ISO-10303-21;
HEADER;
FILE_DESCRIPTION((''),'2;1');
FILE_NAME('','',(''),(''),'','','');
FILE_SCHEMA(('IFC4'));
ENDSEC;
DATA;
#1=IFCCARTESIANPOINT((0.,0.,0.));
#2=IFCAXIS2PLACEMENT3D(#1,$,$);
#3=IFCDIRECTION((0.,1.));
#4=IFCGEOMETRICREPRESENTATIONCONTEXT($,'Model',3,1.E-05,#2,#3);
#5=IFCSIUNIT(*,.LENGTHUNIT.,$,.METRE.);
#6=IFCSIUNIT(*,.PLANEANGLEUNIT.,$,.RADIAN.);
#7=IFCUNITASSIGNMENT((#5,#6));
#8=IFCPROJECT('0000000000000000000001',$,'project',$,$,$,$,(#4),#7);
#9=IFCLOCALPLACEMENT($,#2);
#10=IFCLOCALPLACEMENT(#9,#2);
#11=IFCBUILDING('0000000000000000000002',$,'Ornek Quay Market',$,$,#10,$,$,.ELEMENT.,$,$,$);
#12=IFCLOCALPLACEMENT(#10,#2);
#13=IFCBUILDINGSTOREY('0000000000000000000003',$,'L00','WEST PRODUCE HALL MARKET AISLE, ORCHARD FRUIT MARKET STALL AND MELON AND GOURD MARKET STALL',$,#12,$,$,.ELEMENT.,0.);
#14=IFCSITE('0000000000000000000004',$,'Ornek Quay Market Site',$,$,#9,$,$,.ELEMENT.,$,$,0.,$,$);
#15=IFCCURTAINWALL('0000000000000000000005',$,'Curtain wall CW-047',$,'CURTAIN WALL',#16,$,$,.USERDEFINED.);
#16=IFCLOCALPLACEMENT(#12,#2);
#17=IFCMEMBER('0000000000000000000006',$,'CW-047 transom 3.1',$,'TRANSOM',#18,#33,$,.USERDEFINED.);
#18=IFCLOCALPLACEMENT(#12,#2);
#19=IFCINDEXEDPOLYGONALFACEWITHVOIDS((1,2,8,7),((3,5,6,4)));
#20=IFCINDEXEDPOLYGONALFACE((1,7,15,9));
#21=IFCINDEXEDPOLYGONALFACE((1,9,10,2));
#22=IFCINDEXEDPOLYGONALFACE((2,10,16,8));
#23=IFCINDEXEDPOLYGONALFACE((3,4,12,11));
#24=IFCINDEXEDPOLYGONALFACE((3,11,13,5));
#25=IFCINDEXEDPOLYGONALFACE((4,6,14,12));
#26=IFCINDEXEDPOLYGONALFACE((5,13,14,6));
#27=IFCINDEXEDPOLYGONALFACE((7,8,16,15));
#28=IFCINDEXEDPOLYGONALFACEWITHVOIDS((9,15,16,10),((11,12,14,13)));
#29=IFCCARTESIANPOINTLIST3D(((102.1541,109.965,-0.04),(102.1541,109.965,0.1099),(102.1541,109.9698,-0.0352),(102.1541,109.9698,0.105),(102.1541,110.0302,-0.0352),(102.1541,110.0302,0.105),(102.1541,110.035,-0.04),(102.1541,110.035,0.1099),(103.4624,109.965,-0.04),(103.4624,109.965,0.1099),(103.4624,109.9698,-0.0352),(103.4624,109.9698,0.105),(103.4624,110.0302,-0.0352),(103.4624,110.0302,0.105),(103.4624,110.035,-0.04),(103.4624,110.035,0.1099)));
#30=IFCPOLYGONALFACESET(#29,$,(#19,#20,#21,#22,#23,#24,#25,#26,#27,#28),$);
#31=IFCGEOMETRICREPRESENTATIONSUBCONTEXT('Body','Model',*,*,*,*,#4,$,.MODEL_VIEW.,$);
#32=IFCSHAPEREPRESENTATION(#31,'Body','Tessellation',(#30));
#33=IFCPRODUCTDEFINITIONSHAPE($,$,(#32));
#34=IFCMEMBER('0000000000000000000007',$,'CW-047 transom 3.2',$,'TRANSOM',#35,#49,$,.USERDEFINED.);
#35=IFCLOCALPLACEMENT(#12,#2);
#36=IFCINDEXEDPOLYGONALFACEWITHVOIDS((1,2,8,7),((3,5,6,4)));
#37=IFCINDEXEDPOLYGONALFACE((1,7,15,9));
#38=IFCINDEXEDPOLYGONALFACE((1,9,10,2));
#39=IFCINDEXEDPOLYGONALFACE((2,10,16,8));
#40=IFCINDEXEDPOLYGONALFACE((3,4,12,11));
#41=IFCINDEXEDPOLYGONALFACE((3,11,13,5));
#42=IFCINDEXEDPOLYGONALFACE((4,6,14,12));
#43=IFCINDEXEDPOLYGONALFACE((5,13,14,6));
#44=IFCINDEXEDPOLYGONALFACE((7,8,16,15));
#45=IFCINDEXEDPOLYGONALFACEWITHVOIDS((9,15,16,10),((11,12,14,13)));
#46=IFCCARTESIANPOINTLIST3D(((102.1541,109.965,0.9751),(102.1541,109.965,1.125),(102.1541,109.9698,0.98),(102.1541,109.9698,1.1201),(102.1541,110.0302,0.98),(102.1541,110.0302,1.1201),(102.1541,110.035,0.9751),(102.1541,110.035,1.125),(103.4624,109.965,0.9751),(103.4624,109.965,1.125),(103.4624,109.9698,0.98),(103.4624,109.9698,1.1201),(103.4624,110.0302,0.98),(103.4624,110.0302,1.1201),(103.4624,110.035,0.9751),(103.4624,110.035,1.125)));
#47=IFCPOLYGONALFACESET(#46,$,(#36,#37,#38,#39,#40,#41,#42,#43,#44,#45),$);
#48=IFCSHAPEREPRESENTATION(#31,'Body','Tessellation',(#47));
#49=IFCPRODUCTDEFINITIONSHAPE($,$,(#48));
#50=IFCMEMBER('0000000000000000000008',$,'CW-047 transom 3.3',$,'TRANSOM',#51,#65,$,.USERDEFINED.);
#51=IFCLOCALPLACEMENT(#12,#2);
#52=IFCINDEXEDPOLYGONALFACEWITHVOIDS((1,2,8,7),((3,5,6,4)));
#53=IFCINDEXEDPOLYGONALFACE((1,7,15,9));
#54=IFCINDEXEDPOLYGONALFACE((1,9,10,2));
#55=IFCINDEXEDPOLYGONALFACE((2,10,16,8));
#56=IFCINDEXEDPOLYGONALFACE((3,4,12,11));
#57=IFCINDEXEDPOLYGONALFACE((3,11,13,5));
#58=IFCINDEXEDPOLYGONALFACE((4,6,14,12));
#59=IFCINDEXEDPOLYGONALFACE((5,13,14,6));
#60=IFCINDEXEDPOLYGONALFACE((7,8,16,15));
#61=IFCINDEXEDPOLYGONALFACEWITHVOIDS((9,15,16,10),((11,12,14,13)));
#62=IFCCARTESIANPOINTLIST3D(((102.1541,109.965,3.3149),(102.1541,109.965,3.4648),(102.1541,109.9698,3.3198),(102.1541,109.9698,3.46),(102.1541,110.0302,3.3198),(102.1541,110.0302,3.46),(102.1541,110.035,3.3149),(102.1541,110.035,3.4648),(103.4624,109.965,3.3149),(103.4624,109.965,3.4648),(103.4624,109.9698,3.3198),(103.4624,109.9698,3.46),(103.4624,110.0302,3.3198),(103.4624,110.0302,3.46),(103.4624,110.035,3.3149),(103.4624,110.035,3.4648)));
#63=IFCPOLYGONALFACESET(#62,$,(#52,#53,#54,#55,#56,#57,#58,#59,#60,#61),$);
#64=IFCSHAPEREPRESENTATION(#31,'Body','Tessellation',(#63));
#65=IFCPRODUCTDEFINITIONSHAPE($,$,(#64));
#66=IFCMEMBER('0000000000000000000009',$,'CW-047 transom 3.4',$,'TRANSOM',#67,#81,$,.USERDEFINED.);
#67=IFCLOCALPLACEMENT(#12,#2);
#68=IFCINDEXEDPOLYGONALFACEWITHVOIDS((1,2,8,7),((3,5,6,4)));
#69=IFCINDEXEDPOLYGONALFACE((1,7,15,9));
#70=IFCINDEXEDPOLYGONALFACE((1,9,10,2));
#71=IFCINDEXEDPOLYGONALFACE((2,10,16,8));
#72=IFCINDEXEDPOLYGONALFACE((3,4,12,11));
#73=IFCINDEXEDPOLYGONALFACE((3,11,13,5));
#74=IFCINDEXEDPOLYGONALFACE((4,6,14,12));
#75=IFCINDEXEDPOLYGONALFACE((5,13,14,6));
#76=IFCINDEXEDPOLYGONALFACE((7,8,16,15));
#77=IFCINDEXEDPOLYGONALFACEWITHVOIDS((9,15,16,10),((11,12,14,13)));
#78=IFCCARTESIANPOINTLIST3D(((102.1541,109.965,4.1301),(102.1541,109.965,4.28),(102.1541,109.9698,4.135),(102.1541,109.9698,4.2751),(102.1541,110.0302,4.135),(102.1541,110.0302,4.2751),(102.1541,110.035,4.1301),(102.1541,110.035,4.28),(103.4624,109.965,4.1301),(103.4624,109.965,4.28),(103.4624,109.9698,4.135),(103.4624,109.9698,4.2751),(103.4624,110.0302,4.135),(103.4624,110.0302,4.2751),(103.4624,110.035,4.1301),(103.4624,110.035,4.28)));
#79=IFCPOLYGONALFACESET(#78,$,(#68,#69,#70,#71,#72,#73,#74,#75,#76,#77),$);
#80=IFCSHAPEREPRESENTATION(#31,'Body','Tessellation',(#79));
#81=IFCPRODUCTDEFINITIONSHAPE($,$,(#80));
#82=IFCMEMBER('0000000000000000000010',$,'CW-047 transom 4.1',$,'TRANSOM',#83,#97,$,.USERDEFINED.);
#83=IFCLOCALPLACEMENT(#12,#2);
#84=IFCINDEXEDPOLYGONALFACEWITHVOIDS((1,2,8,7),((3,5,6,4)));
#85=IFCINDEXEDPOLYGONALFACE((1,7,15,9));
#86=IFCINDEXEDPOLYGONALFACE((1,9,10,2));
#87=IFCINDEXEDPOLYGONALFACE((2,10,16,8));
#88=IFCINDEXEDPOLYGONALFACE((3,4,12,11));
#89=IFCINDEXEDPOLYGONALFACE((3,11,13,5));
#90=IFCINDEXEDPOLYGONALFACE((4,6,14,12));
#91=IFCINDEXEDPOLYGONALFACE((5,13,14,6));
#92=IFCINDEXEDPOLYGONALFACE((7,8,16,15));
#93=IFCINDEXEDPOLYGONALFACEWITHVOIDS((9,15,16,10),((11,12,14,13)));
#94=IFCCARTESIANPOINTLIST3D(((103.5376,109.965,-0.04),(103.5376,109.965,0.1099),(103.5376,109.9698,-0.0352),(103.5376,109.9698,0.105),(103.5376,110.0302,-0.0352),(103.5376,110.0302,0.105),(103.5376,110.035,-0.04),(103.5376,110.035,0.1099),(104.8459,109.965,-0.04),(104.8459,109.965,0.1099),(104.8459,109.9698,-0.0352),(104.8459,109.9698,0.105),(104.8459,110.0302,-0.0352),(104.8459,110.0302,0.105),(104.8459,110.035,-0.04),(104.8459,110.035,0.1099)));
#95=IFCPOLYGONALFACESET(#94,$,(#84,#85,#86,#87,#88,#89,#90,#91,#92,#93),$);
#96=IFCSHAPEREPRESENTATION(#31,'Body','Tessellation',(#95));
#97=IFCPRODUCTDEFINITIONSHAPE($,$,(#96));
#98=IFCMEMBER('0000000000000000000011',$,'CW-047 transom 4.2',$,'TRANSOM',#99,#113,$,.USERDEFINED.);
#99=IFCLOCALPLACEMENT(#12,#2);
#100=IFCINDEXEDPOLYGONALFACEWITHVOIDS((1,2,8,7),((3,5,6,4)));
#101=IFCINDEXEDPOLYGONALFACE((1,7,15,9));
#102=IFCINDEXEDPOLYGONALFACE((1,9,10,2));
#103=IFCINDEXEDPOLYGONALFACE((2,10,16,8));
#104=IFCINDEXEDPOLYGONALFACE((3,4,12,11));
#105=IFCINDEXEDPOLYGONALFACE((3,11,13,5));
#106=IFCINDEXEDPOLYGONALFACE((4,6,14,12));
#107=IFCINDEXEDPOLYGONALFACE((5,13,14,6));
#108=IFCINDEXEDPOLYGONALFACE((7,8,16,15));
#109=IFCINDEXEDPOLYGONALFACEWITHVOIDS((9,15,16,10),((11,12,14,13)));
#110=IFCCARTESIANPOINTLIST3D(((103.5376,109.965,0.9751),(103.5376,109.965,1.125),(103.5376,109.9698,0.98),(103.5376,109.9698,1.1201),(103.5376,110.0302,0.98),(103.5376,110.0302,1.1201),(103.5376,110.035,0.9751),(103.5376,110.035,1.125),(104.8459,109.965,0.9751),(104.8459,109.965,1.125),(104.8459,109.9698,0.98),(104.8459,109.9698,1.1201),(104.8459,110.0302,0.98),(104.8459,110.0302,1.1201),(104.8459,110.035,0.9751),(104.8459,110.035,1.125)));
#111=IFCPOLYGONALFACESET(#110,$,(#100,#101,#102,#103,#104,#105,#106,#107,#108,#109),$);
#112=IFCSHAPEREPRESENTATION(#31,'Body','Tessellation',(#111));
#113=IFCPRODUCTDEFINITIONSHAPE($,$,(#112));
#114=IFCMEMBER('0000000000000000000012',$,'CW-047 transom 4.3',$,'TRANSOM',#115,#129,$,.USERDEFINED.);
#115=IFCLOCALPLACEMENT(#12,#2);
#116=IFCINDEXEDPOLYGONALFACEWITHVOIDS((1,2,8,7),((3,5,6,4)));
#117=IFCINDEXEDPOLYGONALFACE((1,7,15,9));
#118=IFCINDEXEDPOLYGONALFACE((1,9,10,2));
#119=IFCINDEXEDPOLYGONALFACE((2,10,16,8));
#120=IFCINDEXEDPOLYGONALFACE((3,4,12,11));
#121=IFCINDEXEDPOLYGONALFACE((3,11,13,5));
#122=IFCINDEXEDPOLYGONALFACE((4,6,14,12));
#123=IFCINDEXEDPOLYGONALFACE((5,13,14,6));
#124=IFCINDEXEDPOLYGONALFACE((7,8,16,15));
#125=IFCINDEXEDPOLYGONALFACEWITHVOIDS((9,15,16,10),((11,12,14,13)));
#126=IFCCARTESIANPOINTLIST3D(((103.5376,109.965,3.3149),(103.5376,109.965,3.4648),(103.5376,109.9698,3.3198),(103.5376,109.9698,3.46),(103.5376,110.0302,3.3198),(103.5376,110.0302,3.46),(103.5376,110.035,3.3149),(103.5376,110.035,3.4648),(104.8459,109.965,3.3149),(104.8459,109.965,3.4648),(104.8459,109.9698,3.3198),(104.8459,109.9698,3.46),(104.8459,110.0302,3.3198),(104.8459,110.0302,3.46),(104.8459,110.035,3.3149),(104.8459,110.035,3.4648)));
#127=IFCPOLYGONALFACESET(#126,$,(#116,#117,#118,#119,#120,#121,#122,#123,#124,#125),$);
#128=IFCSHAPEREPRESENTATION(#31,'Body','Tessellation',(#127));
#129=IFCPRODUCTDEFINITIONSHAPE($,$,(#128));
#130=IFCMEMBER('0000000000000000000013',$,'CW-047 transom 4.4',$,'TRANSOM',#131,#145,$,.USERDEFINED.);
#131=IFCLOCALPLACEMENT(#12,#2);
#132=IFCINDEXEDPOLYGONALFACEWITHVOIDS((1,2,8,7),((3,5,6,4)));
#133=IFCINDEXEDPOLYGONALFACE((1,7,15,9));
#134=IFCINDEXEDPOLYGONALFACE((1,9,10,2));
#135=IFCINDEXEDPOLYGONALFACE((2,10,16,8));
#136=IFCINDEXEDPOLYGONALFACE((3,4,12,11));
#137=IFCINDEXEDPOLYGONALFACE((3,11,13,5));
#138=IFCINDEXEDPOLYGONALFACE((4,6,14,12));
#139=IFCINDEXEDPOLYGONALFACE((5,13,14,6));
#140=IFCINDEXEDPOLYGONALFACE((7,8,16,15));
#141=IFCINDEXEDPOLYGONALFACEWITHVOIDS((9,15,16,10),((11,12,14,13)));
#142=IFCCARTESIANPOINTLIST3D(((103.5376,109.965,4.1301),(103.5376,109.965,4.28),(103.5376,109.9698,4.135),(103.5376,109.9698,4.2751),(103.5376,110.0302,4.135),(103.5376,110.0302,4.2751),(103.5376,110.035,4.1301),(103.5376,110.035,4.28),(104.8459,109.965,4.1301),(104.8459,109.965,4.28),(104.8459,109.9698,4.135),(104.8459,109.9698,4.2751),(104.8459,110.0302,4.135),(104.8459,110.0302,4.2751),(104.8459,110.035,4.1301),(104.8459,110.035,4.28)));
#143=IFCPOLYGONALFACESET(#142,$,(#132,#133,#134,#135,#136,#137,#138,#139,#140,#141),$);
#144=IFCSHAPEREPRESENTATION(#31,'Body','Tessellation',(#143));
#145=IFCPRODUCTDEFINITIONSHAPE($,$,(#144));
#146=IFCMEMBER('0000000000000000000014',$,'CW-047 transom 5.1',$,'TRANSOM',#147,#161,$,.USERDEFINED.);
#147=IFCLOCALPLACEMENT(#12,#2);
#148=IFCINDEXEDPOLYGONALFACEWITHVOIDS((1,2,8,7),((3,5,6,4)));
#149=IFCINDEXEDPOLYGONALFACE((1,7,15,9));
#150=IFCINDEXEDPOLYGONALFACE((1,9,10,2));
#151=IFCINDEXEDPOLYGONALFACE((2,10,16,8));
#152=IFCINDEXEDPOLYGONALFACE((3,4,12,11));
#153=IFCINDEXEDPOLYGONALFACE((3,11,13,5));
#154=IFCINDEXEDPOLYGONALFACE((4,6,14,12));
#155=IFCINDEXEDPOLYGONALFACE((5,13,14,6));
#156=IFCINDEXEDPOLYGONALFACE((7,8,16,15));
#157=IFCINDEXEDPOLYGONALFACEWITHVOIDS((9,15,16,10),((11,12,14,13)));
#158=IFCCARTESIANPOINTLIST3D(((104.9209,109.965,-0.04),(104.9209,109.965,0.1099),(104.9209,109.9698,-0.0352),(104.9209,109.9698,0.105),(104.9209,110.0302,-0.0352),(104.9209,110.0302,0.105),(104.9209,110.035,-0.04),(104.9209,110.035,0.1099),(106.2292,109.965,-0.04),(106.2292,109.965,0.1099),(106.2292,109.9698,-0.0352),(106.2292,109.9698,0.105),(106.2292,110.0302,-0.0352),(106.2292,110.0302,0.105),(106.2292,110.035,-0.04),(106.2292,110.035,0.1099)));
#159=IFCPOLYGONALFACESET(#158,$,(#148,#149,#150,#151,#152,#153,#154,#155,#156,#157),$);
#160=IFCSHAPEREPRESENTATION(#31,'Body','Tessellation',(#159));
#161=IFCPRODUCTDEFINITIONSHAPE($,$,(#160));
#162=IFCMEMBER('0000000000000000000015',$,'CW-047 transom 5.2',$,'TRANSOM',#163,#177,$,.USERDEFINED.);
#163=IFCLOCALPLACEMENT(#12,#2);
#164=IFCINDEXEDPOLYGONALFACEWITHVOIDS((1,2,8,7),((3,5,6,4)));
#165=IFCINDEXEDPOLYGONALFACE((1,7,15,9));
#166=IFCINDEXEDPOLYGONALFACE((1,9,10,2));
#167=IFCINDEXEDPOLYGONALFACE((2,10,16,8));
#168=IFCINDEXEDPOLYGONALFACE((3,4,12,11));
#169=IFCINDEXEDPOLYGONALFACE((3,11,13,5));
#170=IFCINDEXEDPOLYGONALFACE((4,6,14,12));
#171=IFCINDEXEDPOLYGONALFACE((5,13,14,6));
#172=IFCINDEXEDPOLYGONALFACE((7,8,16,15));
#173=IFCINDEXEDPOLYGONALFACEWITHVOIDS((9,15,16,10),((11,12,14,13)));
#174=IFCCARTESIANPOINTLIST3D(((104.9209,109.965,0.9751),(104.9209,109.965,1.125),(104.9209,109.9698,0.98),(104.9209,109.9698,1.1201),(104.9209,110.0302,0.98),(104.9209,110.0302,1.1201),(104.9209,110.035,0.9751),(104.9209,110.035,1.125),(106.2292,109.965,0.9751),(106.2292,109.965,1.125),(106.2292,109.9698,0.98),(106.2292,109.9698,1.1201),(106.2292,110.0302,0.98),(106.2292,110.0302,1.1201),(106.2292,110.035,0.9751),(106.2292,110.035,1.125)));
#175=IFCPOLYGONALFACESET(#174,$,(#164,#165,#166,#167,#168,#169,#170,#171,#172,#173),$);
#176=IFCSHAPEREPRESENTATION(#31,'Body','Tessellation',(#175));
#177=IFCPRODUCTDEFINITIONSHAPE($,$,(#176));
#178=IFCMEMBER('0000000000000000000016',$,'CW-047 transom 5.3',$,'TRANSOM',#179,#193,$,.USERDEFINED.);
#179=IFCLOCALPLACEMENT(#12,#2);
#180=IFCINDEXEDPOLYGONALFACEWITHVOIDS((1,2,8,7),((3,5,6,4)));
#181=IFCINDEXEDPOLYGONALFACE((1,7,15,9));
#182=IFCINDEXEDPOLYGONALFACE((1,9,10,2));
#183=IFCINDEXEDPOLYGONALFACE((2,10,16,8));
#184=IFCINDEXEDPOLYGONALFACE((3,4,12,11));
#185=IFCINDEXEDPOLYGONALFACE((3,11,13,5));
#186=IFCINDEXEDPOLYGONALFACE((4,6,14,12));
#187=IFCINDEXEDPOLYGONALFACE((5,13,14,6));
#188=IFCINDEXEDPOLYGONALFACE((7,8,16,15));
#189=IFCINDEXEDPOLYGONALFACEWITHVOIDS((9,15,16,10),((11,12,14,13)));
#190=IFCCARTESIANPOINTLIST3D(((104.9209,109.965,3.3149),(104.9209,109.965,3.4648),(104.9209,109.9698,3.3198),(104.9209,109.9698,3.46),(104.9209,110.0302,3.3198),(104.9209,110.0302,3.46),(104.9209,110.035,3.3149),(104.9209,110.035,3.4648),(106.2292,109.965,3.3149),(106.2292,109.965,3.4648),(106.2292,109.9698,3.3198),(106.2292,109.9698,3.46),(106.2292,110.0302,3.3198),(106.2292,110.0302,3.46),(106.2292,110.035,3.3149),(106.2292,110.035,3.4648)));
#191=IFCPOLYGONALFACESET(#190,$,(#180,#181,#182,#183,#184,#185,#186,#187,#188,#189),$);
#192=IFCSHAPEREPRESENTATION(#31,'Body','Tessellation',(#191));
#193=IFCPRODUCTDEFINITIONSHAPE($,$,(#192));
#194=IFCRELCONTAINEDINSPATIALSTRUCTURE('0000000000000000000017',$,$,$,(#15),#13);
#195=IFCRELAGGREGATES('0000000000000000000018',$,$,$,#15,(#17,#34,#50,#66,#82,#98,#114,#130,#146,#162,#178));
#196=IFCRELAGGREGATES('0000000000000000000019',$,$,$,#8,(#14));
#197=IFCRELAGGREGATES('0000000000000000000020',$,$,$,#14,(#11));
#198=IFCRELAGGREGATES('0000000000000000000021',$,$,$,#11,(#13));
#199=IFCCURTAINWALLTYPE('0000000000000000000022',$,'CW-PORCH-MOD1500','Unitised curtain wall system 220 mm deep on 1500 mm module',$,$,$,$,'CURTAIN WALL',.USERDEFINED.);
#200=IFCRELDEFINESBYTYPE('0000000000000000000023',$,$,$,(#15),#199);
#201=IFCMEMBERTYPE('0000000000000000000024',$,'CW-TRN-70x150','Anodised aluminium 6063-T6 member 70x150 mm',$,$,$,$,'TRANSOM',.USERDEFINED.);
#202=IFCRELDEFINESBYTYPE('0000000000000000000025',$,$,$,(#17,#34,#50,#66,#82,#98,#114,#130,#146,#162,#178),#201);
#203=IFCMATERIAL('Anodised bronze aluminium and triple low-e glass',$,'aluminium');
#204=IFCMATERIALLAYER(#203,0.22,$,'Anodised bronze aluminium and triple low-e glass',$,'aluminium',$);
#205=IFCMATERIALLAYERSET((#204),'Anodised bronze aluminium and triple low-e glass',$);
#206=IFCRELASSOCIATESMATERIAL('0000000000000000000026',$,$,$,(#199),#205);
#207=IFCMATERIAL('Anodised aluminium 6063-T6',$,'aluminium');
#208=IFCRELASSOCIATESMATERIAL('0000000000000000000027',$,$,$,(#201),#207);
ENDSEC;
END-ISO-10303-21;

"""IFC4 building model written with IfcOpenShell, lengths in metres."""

from ifc_helpers import new_model, si_unit, direction, frame, origin, origin_2d, place, context, subcontext, project, spatial, hollow_rectangle, extrude, material, layer, layer_set, material_profile, profile_set, type_object, element, aggregate, save


model = new_model("IFC4")

# Units and contexts
model_context = context("Model", 3, precision=1e-05, world=origin(), true_north=direction((0.0, 1.0)))
body_context = subcontext(model_context, "Body", "Model", "MODEL_VIEW")
ifc_project = project(units=[si_unit("LENGTHUNIT", "METRE"), si_unit("PLANEANGLEUNIT", "RADIAN")], contexts=[model_context])

# Site, building, storey
site_placement = place(None, origin())
site = spatial("IfcSite", under=ifc_project, at=site_placement, Name="Ornek Quay Market Site", CompositionType="ELEMENT", RefElevation=0.0)
building_placement = place(site_placement, origin())
building = spatial("IfcBuilding", under=site, at=building_placement, Name="Ornek Quay Market", CompositionType="ELEMENT")
storey_placement = place(building_placement, origin())
storey = spatial("IfcBuildingStorey", under=building, at=storey_placement, Name="L00", Description="WEST PRODUCE HALL MARKET AISLE, ORCHARD FRUIT MARKET STALL AND MELON AND GOURD MARKET STALL", CompositionType="ELEMENT", Elevation=0.0)

# Curtain wall, members
ifc_material_1 = material(Name="Anodised bronze aluminium and triple low-e glass", Category="aluminium")
ifc_layer_1 = layer(ifc_material_1, 0.22, Name="Anodised bronze aluminium and triple low-e glass", Category="aluminium")
ifc_layer_set_1 = layer_set([ifc_layer_1], Name="Anodised bronze aluminium and triple low-e glass")
curtain_wall_type = type_object("IfcCurtainWallType", Name="CW-PORCH-MOD1500", Description="Unitised curtain wall system 220 mm deep on 1500 mm module", ElementType="CURTAIN WALL", PredefinedType="USERDEFINED", material=ifc_layer_set_1)
curtain_wall_placement = place(storey_placement, origin())
curtain_wall = element("IfcCurtainWall", 1, at=curtain_wall_placement, inside=storey, type_object=curtain_wall_type, Name="Curtain wall CW-047", ObjectType="CURTAIN WALL", PredefinedType="USERDEFINED")
ifc_material_2 = material(Name="Anodised aluminium 6063-T6", Category="aluminium")
ifc_material_profile_1 = material_profile(ifc_material_2, hollow_rectangle(XDim=0.0701, YDim=0.1499, WallThickness=0.0049, at=origin_2d()), Name="CW-TRN-70x150", Category="aluminium")
ifc_profile_set_1 = profile_set([ifc_material_profile_1], Name="Anodised aluminium 6063-T6")
member_type_1 = type_object("IfcMemberType", Name="CW-TRN-70x150", Description="Anodised aluminium 6063-T6 member 70x150 mm", ElementType="TRANSOM", PredefinedType="USERDEFINED", material=ifc_profile_set_1)
member_1_placement = place(storey_placement, frame((102.1541, 110.0, 0.0349), z_axis=(1.0, 0.0, 0.0), x_axis=(0.0, 1.0, 0.0)))
member_1 = element("IfcMember", 2, at=member_1_placement, type_object=member_type_1, Name="CW-047 transom 3.1", ObjectType="TRANSOM", PredefinedType="USERDEFINED", context=body_context, shape_type="SweptSolid", body=[
    extrude(hollow_rectangle(XDim=0.0701, YDim=0.1499, WallThickness=0.0049, at=origin_2d()), origin(), (0.0, 0.0, 1.0), 1.3083),
])
member_2_placement = place(storey_placement, frame((102.1541, 110.0, 1.05), z_axis=(1.0, 0.0, 0.0), x_axis=(0.0, 1.0, 0.0)))
member_2 = element("IfcMember", 3, at=member_2_placement, type_object=member_type_1, Name="CW-047 transom 3.2", ObjectType="TRANSOM", PredefinedType="USERDEFINED", context=body_context, shape_type="SweptSolid", body=[
    extrude(hollow_rectangle(XDim=0.0701, YDim=0.1499, WallThickness=0.0049, at=origin_2d()), origin(), (0.0, 0.0, 1.0), 1.3083),
])
member_3_placement = place(storey_placement, frame((102.1541, 110.0, 3.3899), z_axis=(1.0, 0.0, 0.0), x_axis=(0.0, 1.0, 0.0)))
member_3 = element("IfcMember", 4, at=member_3_placement, type_object=member_type_1, Name="CW-047 transom 3.3", ObjectType="TRANSOM", PredefinedType="USERDEFINED", context=body_context, shape_type="SweptSolid", body=[
    extrude(hollow_rectangle(XDim=0.0701, YDim=0.1499, WallThickness=0.0049, at=origin_2d()), origin(), (0.0, 0.0, 1.0), 1.3083),
])
member_4_placement = place(storey_placement, frame((102.1541, 110.0, 4.2051), z_axis=(1.0, 0.0, 0.0), x_axis=(0.0, 1.0, 0.0)))
member_4 = element("IfcMember", 5, at=member_4_placement, type_object=member_type_1, Name="CW-047 transom 3.4", ObjectType="TRANSOM", PredefinedType="USERDEFINED", context=body_context, shape_type="SweptSolid", body=[
    extrude(hollow_rectangle(XDim=0.0701, YDim=0.1499, WallThickness=0.0049, at=origin_2d()), origin(), (0.0, 0.0, 1.0), 1.3083),
])
member_5_placement = place(storey_placement, frame((103.5376, 110.0, 0.0349), z_axis=(1.0, 0.0, 0.0), x_axis=(0.0, 1.0, 0.0)))
member_5 = element("IfcMember", 6, at=member_5_placement, type_object=member_type_1, Name="CW-047 transom 4.1", ObjectType="TRANSOM", PredefinedType="USERDEFINED", context=body_context, shape_type="SweptSolid", body=[
    extrude(hollow_rectangle(XDim=0.0701, YDim=0.1499, WallThickness=0.0049, at=origin_2d()), origin(), (0.0, 0.0, 1.0), 1.3083),
])
member_6_placement = place(storey_placement, frame((103.5376, 110.0, 1.05), z_axis=(1.0, 0.0, 0.0), x_axis=(0.0, 1.0, 0.0)))
member_6 = element("IfcMember", 7, at=member_6_placement, type_object=member_type_1, Name="CW-047 transom 4.2", ObjectType="TRANSOM", PredefinedType="USERDEFINED", context=body_context, shape_type="SweptSolid", body=[
    extrude(hollow_rectangle(XDim=0.0701, YDim=0.1499, WallThickness=0.0049, at=origin_2d()), origin(), (0.0, 0.0, 1.0), 1.3083),
])
member_7_placement = place(storey_placement, frame((103.5376, 110.0, 3.3899), z_axis=(1.0, 0.0, 0.0), x_axis=(0.0, 1.0, 0.0)))
member_7 = element("IfcMember", 8, at=member_7_placement, type_object=member_type_1, Name="CW-047 transom 4.3", ObjectType="TRANSOM", PredefinedType="USERDEFINED", context=body_context, shape_type="SweptSolid", body=[
    extrude(hollow_rectangle(XDim=0.0701, YDim=0.1499, WallThickness=0.0049, at=origin_2d()), origin(), (0.0, 0.0, 1.0), 1.3083),
])
member_8_placement = place(storey_placement, frame((103.5376, 110.0, 4.2051), z_axis=(1.0, 0.0, 0.0), x_axis=(0.0, 1.0, 0.0)))
member_8 = element("IfcMember", 9, at=member_8_placement, type_object=member_type_1, Name="CW-047 transom 4.4", ObjectType="TRANSOM", PredefinedType="USERDEFINED", context=body_context, shape_type="SweptSolid", body=[
    extrude(hollow_rectangle(XDim=0.0701, YDim=0.1499, WallThickness=0.0049, at=origin_2d()), origin(), (0.0, 0.0, 1.0), 1.3083),
])
member_9_placement = place(storey_placement, frame((104.9209, 110.0, 0.0349), z_axis=(1.0, 0.0, 0.0), x_axis=(0.0, 1.0, 0.0)))
member_9 = element("IfcMember", 10, at=member_9_placement, type_object=member_type_1, Name="CW-047 transom 5.1", ObjectType="TRANSOM", PredefinedType="USERDEFINED", context=body_context, shape_type="SweptSolid", body=[
    extrude(hollow_rectangle(XDim=0.0701, YDim=0.1499, WallThickness=0.0049, at=origin_2d()), origin(), (0.0, 0.0, 1.0), 1.3083),
])
member_10_placement = place(storey_placement, frame((104.9209, 110.0, 1.05), z_axis=(1.0, 0.0, 0.0), x_axis=(0.0, 1.0, 0.0)))
member_10 = element("IfcMember", 11, at=member_10_placement, type_object=member_type_1, Name="CW-047 transom 5.2", ObjectType="TRANSOM", PredefinedType="USERDEFINED", context=body_context, shape_type="SweptSolid", body=[
    extrude(hollow_rectangle(XDim=0.0701, YDim=0.1499, WallThickness=0.0049, at=origin_2d()), origin(), (0.0, 0.0, 1.0), 1.3083),
])
member_11_placement = place(storey_placement, frame((104.9209, 110.0, 3.3899), z_axis=(1.0, 0.0, 0.0), x_axis=(0.0, 1.0, 0.0)))
member_11 = element("IfcMember", 12, at=member_11_placement, type_object=member_type_1, Name="CW-047 transom 5.3", ObjectType="TRANSOM", PredefinedType="USERDEFINED", context=body_context, shape_type="SweptSolid", body=[
    extrude(hollow_rectangle(XDim=0.0701, YDim=0.1499, WallThickness=0.0049, at=origin_2d()), origin(), (0.0, 0.0, 1.0), 1.3083),
])
aggregate(curtain_wall, [member_1, member_2, member_3, member_4, member_5, member_6, member_7, member_8, member_9, member_10, member_11])

save(model, "model.ifc")
